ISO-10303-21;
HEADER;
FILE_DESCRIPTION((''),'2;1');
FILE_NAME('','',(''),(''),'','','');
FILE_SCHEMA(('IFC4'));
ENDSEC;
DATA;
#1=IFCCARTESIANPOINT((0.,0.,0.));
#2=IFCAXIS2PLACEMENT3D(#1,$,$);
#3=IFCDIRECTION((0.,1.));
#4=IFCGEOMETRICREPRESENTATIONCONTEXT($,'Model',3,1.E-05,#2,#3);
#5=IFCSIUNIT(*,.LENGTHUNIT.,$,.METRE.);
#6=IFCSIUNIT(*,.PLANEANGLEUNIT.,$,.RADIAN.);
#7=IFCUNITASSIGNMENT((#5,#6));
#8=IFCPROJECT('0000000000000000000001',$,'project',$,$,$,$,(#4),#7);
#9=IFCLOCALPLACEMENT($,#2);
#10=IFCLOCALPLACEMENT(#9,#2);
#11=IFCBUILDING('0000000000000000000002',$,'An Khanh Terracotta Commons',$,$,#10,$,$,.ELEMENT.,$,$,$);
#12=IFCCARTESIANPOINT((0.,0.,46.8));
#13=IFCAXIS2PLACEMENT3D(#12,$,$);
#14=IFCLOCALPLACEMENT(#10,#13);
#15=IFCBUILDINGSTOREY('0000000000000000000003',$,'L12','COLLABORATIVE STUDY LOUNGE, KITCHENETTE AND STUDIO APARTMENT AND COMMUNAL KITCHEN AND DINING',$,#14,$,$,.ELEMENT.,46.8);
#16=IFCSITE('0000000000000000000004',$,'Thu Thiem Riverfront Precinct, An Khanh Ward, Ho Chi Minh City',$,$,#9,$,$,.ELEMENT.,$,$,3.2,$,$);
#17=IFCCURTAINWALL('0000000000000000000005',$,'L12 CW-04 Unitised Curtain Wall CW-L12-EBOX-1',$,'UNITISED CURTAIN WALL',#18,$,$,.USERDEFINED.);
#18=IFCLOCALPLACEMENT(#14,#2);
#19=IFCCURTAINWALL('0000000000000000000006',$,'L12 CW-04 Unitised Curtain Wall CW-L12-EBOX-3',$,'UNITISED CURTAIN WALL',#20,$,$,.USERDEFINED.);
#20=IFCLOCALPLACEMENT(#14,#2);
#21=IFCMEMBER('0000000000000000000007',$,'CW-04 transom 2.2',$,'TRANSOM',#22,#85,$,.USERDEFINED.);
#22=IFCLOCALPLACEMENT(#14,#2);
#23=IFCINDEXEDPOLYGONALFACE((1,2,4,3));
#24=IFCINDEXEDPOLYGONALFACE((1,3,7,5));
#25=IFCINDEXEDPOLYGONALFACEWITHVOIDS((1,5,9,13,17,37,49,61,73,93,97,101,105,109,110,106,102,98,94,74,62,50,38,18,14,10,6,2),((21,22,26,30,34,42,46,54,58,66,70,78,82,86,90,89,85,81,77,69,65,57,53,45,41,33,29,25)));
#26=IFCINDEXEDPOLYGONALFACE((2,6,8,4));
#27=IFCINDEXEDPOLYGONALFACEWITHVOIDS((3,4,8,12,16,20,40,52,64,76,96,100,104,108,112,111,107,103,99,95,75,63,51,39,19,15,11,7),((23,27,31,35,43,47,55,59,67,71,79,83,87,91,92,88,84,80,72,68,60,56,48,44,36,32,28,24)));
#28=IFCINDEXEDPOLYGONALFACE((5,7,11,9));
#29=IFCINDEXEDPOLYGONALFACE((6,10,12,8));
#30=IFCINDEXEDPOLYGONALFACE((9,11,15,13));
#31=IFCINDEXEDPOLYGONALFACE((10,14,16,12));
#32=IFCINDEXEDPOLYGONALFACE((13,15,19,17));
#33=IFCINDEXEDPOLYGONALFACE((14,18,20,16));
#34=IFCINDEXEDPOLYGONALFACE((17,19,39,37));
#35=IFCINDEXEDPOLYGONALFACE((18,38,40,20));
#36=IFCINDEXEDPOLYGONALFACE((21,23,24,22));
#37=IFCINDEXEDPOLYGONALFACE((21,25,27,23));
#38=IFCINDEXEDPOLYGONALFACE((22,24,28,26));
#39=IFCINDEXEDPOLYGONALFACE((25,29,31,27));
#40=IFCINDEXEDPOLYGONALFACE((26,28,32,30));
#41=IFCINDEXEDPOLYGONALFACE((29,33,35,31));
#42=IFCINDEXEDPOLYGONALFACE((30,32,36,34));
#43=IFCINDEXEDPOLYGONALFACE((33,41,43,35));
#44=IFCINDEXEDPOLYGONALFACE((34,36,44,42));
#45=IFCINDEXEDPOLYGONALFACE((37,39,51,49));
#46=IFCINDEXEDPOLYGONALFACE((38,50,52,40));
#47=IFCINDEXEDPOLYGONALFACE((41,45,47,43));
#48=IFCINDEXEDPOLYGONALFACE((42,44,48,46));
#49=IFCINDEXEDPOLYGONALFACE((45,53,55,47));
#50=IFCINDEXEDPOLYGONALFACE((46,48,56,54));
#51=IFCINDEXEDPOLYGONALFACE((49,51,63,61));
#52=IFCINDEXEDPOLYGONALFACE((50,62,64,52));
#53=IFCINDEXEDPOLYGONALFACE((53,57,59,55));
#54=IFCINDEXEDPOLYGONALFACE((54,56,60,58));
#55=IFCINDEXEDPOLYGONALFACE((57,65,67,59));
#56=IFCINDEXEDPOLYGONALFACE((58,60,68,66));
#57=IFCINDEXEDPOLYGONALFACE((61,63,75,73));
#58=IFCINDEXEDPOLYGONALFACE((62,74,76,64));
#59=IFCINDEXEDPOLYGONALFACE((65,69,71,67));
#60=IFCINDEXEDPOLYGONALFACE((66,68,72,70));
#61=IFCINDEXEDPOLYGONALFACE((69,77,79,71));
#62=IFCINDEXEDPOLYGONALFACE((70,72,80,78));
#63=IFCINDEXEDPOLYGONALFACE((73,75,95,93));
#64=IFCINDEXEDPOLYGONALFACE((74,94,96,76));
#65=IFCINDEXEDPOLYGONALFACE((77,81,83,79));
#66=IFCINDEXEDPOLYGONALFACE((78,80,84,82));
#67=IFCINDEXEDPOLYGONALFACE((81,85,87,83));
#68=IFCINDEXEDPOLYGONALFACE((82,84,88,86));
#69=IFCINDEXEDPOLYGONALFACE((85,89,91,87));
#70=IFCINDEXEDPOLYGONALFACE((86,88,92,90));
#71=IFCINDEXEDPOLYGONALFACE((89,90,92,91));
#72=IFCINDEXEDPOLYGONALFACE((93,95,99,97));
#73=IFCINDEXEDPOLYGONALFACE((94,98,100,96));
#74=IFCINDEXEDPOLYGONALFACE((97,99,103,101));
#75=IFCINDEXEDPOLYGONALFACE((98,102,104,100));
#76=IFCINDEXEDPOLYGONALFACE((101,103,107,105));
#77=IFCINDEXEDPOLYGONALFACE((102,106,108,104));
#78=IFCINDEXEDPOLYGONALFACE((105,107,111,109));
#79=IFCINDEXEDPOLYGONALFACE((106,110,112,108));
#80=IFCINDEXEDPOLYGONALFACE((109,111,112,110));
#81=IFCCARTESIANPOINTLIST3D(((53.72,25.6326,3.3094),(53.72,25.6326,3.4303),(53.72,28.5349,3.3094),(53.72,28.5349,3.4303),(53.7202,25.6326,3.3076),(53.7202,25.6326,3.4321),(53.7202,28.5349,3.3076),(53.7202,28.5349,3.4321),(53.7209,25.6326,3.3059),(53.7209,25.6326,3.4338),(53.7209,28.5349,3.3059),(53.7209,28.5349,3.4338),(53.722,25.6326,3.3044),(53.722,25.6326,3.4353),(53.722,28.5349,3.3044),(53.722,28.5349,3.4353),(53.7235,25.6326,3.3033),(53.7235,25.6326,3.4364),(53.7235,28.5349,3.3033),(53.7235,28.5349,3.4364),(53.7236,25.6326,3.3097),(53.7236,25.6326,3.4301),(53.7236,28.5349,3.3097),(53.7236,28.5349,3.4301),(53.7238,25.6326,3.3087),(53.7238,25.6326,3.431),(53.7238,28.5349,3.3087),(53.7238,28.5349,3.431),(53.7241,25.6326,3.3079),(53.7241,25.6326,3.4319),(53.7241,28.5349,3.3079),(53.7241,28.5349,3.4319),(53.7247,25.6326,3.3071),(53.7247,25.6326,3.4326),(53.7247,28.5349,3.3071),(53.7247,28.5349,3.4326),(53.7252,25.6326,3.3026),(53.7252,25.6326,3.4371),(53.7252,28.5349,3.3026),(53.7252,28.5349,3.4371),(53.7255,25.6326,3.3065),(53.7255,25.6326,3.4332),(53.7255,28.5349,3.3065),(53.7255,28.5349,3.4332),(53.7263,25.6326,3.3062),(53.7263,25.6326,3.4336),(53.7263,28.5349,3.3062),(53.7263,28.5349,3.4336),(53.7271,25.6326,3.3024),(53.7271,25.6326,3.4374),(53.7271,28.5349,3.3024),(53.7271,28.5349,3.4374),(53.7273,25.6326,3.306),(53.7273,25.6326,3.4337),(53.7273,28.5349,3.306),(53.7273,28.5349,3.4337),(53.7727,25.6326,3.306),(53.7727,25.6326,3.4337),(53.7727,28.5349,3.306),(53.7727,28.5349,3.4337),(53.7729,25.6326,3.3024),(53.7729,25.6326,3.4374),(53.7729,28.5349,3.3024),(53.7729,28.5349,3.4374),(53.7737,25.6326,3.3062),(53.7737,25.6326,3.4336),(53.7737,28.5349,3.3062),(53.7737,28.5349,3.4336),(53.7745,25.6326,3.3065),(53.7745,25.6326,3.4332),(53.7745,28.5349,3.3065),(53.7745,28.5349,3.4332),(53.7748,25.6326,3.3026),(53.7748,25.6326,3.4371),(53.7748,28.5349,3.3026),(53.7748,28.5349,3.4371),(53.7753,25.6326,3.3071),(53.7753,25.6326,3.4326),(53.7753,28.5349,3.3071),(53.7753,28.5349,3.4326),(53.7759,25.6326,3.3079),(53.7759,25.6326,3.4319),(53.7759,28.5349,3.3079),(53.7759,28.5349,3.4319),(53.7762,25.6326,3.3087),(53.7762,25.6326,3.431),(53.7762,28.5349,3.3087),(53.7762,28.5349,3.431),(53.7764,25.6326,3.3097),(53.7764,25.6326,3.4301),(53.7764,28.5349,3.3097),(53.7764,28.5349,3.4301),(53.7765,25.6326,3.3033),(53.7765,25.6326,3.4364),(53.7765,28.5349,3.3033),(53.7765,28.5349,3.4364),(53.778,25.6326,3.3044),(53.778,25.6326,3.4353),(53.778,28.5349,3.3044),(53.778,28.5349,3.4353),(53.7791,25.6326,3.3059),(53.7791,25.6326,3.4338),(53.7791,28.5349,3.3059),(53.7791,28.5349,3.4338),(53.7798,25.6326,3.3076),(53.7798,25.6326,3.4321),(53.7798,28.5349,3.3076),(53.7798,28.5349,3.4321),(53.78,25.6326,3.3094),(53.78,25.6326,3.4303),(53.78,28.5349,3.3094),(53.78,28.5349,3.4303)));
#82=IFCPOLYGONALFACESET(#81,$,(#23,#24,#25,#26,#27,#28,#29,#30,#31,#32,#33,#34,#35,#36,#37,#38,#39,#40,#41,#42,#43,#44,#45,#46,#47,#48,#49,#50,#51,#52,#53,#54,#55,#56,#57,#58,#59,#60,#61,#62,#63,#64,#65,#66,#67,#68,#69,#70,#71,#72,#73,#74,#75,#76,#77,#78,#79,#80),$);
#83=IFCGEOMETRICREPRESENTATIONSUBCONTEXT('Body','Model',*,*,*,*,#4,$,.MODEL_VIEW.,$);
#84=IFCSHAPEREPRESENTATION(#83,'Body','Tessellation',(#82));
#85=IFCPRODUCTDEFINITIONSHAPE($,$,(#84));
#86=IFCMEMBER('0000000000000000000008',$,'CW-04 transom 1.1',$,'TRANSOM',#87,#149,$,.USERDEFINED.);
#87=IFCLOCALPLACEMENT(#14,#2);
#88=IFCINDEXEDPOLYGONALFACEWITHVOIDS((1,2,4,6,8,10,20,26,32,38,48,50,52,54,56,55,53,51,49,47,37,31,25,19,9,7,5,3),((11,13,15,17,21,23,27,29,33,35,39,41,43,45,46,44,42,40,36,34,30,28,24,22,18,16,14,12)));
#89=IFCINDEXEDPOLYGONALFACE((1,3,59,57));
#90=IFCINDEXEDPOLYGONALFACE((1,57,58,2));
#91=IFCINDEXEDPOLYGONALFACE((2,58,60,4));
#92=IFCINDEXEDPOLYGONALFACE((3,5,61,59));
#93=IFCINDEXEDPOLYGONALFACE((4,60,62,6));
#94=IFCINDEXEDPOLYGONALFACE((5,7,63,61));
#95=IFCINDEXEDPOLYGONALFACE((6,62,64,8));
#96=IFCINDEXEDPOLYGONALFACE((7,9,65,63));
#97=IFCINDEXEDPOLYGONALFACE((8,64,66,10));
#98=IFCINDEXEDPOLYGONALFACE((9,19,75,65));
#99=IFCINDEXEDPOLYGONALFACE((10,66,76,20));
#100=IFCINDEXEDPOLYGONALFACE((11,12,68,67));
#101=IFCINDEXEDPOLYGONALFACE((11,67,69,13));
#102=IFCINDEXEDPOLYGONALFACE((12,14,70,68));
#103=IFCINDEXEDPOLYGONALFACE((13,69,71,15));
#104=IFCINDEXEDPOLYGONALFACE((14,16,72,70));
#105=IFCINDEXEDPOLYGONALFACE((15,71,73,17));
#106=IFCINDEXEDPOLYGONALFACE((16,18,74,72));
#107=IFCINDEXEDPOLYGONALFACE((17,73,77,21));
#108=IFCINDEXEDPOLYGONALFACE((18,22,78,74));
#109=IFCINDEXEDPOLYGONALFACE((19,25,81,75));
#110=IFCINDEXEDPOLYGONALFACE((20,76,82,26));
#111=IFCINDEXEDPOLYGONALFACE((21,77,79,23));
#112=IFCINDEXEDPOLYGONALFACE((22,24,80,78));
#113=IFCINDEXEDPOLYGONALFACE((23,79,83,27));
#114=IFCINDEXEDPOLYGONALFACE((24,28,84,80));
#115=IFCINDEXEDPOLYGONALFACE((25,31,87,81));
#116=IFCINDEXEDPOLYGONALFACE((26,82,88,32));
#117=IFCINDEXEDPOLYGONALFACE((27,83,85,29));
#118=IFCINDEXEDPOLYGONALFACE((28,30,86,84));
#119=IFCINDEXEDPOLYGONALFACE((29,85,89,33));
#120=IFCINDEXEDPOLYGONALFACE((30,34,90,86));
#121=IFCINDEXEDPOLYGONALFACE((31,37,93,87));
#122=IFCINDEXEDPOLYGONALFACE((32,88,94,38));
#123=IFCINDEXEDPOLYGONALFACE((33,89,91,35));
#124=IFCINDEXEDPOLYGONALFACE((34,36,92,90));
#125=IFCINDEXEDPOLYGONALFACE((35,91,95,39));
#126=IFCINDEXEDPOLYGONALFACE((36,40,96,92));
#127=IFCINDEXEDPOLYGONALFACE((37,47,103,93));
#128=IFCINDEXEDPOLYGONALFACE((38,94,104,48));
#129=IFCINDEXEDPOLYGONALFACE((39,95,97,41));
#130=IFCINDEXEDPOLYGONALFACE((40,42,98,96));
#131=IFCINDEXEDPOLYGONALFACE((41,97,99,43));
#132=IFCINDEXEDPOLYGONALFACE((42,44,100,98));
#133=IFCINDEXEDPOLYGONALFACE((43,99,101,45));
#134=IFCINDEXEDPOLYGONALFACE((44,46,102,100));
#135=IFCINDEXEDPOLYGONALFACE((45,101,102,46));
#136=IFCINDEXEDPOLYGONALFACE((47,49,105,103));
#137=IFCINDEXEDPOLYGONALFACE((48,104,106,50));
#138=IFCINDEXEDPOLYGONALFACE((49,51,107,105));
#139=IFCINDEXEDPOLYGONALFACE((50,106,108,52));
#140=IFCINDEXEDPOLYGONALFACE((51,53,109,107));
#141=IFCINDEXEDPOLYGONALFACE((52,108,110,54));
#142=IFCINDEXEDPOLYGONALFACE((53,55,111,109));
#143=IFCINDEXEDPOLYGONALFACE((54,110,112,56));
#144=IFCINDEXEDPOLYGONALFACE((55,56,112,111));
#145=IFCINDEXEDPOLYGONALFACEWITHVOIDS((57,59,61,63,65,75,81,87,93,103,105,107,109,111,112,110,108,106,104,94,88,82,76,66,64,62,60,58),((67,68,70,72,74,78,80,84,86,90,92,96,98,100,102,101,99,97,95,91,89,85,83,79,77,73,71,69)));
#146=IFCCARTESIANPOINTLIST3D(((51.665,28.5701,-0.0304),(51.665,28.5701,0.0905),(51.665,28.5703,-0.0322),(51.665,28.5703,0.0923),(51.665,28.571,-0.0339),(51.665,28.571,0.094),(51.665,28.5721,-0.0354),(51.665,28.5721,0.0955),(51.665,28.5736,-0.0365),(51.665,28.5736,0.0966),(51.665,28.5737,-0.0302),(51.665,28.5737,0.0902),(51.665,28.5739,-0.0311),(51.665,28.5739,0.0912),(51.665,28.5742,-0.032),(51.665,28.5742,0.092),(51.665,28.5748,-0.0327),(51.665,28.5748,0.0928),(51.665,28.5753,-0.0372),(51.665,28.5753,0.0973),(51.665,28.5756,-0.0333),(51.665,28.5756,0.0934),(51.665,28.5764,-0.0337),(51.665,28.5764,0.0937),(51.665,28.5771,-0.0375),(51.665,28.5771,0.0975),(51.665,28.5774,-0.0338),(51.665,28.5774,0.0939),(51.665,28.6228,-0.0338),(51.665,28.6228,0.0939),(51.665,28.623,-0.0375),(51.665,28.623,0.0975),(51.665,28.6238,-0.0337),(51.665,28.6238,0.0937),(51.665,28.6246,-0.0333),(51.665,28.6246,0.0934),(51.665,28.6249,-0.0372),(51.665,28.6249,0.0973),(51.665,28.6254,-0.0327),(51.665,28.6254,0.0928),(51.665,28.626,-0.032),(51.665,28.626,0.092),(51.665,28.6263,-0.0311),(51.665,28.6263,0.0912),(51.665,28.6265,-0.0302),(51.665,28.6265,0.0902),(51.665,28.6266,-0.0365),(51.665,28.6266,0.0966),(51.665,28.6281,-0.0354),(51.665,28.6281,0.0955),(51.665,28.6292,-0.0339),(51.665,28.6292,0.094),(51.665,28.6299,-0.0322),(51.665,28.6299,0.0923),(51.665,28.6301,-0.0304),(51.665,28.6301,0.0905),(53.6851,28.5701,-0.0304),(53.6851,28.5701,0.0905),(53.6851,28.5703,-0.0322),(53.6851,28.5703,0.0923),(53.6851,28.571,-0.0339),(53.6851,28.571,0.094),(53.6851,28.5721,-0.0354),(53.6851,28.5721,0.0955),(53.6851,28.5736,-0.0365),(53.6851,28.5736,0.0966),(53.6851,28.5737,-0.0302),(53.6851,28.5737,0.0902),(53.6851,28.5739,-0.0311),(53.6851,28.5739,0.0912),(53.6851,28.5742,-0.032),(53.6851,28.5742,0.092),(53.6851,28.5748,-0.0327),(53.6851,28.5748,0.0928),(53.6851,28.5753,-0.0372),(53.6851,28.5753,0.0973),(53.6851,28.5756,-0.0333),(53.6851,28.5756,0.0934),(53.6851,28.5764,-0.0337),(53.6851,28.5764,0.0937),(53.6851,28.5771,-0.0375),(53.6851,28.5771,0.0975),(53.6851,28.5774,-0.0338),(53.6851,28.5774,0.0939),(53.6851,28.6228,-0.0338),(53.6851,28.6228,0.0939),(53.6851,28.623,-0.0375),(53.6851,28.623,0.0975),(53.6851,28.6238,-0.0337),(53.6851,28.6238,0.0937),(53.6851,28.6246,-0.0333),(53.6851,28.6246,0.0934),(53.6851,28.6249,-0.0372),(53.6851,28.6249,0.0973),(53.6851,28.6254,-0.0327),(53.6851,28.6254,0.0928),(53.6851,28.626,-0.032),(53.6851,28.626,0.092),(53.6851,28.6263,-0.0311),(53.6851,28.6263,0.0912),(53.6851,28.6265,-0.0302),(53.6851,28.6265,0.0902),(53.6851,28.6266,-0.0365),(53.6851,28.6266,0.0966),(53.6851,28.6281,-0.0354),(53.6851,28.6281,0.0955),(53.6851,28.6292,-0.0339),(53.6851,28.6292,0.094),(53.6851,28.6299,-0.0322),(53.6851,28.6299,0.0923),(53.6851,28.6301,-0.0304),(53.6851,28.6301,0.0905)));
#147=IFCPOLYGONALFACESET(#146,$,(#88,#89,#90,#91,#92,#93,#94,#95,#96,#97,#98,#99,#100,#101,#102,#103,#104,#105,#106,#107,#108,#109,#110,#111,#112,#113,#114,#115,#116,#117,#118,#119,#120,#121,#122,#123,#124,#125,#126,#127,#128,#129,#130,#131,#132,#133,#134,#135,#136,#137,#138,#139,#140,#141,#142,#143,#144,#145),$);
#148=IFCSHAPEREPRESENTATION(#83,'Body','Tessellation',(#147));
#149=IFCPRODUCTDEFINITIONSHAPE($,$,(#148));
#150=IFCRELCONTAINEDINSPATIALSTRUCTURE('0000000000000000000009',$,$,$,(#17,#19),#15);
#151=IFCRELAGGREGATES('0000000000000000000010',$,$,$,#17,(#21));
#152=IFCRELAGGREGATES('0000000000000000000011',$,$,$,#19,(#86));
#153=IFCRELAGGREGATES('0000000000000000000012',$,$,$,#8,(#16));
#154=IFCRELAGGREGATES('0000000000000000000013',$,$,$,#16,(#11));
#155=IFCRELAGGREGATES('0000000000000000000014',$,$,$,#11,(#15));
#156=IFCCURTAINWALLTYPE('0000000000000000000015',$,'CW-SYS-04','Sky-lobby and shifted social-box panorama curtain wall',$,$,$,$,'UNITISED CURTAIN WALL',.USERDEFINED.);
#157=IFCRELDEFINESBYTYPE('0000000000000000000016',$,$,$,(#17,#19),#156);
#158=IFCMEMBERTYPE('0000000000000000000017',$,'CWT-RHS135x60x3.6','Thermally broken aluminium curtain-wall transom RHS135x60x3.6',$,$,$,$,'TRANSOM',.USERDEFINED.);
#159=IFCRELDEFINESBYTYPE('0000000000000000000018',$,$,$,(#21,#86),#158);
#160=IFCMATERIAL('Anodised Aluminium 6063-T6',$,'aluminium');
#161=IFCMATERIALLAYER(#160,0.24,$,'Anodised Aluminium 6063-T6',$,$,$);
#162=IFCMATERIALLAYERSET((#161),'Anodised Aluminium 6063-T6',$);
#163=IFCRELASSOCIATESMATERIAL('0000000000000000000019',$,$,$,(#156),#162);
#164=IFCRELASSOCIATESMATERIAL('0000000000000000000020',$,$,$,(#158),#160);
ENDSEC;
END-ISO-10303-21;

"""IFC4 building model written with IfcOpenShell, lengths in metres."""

from ifc_helpers import new_model, si_unit, direction, frame, origin, origin_2d, place, context, subcontext, project, spatial, hollow_rectangle, extrude, material, layer, layer_set, material_profile, profile_set, type_object, element, aggregate, save


model = new_model("IFC4")

# Units and contexts
model_context = context("Model", 3, precision=1e-05, world=origin(), true_north=direction((0.0, 1.0)))
body_context = subcontext(model_context, "Body", "Model", "MODEL_VIEW")
ifc_project = project(units=[si_unit("LENGTHUNIT", "METRE"), si_unit("PLANEANGLEUNIT", "RADIAN")], contexts=[model_context])

# Site, building, storey
site_placement = place(None, origin())
site = spatial("IfcSite", under=ifc_project, at=site_placement, Name="Thu Thiem Riverfront Precinct, An Khanh Ward, Ho Chi Minh City", CompositionType="ELEMENT", RefElevation=3.2)
building_placement = place(site_placement, origin())
building = spatial("IfcBuilding", under=site, at=building_placement, Name="An Khanh Terracotta Commons", CompositionType="ELEMENT")
storey_placement = place(building_placement, frame((0.0, 0.0, 46.8)))
storey = spatial("IfcBuildingStorey", under=building, at=storey_placement, Name="L12", Description="COLLABORATIVE STUDY LOUNGE, KITCHENETTE AND STUDIO APARTMENT AND COMMUNAL KITCHEN AND DINING", CompositionType="ELEMENT", Elevation=46.8)

# Curtain walls
ifc_material_1 = material(Name="Anodised Aluminium 6063-T6", Category="aluminium")
ifc_layer_1 = layer(ifc_material_1, 0.24, Name="Anodised Aluminium 6063-T6")
ifc_layer_set_1 = layer_set([ifc_layer_1], Name="Anodised Aluminium 6063-T6")
curtain_wall_type = type_object("IfcCurtainWallType", Name="CW-SYS-04", Description="Sky-lobby and shifted social-box panorama curtain wall", ElementType="UNITISED CURTAIN WALL", PredefinedType="USERDEFINED", material=ifc_layer_set_1)
curtain_wall_1_placement = place(storey_placement, origin())
curtain_wall_1 = element("IfcCurtainWall", 1, at=curtain_wall_1_placement, inside=storey, type_object=curtain_wall_type, Name="L12 CW-04 Unitised Curtain Wall CW-L12-EBOX-1", ObjectType="UNITISED CURTAIN WALL", PredefinedType="USERDEFINED")
curtain_wall_2_placement = place(storey_placement, origin())
curtain_wall_2 = element("IfcCurtainWall", 2, at=curtain_wall_2_placement, inside=storey, type_object=curtain_wall_type, Name="L12 CW-04 Unitised Curtain Wall CW-L12-EBOX-3", ObjectType="UNITISED CURTAIN WALL", PredefinedType="USERDEFINED")

# Members
ifc_material_profile_1 = material_profile(ifc_material_1, hollow_rectangle(XDim=0.0601, YDim=0.135, WallThickness=0.0037, InnerFilletRadius=0.0037, OuterFilletRadius=0.0071, at=origin_2d()), Name="RHS135x60x3.6")
ifc_profile_set_1 = profile_set([ifc_material_profile_1], Name="Anodised Aluminium 6063-T6")
member_type_1 = type_object("IfcMemberType", Name="CWT-RHS135x60x3.6", Description="Thermally broken aluminium curtain-wall transom RHS135x60x3.6", ElementType="TRANSOM", PredefinedType="USERDEFINED", material=ifc_profile_set_1)
member_1_placement = place(storey_placement, frame((53.75, 25.6326, 3.3699), z_axis=(0.0, 1.0, 0.0), x_axis=(-1.0, 0.0, 0.0)))
member_1 = element("IfcMember", 3, at=member_1_placement, type_object=member_type_1, Name="CW-04 transom 2.2", ObjectType="TRANSOM", PredefinedType="USERDEFINED", context=body_context, shape_type="SweptSolid", body=[
    extrude(hollow_rectangle(XDim=0.0601, YDim=0.135, WallThickness=0.0037, InnerFilletRadius=0.0037, OuterFilletRadius=0.0071, at=origin_2d()), origin(), (0.0, 0.0, 1.0), 2.9023),
])
member_2_placement = place(storey_placement, frame((53.6851, 28.6001, 0.03), z_axis=(-1.0, 0.0, 0.0), x_axis=(0.0, -1.0, 0.0)))
member_2 = element("IfcMember", 4, at=member_2_placement, type_object=member_type_1, Name="CW-04 transom 1.1", ObjectType="TRANSOM", PredefinedType="USERDEFINED", context=body_context, shape_type="SweptSolid", body=[
    extrude(hollow_rectangle(XDim=0.0601, YDim=0.135, WallThickness=0.0037, InnerFilletRadius=0.0037, OuterFilletRadius=0.0071, at=origin_2d()), origin(), (0.0, 0.0, 1.0), 2.02),
])

aggregate(curtain_wall_1, [member_1])
aggregate(curtain_wall_2, [member_2])

save(model, "model.ifc")
